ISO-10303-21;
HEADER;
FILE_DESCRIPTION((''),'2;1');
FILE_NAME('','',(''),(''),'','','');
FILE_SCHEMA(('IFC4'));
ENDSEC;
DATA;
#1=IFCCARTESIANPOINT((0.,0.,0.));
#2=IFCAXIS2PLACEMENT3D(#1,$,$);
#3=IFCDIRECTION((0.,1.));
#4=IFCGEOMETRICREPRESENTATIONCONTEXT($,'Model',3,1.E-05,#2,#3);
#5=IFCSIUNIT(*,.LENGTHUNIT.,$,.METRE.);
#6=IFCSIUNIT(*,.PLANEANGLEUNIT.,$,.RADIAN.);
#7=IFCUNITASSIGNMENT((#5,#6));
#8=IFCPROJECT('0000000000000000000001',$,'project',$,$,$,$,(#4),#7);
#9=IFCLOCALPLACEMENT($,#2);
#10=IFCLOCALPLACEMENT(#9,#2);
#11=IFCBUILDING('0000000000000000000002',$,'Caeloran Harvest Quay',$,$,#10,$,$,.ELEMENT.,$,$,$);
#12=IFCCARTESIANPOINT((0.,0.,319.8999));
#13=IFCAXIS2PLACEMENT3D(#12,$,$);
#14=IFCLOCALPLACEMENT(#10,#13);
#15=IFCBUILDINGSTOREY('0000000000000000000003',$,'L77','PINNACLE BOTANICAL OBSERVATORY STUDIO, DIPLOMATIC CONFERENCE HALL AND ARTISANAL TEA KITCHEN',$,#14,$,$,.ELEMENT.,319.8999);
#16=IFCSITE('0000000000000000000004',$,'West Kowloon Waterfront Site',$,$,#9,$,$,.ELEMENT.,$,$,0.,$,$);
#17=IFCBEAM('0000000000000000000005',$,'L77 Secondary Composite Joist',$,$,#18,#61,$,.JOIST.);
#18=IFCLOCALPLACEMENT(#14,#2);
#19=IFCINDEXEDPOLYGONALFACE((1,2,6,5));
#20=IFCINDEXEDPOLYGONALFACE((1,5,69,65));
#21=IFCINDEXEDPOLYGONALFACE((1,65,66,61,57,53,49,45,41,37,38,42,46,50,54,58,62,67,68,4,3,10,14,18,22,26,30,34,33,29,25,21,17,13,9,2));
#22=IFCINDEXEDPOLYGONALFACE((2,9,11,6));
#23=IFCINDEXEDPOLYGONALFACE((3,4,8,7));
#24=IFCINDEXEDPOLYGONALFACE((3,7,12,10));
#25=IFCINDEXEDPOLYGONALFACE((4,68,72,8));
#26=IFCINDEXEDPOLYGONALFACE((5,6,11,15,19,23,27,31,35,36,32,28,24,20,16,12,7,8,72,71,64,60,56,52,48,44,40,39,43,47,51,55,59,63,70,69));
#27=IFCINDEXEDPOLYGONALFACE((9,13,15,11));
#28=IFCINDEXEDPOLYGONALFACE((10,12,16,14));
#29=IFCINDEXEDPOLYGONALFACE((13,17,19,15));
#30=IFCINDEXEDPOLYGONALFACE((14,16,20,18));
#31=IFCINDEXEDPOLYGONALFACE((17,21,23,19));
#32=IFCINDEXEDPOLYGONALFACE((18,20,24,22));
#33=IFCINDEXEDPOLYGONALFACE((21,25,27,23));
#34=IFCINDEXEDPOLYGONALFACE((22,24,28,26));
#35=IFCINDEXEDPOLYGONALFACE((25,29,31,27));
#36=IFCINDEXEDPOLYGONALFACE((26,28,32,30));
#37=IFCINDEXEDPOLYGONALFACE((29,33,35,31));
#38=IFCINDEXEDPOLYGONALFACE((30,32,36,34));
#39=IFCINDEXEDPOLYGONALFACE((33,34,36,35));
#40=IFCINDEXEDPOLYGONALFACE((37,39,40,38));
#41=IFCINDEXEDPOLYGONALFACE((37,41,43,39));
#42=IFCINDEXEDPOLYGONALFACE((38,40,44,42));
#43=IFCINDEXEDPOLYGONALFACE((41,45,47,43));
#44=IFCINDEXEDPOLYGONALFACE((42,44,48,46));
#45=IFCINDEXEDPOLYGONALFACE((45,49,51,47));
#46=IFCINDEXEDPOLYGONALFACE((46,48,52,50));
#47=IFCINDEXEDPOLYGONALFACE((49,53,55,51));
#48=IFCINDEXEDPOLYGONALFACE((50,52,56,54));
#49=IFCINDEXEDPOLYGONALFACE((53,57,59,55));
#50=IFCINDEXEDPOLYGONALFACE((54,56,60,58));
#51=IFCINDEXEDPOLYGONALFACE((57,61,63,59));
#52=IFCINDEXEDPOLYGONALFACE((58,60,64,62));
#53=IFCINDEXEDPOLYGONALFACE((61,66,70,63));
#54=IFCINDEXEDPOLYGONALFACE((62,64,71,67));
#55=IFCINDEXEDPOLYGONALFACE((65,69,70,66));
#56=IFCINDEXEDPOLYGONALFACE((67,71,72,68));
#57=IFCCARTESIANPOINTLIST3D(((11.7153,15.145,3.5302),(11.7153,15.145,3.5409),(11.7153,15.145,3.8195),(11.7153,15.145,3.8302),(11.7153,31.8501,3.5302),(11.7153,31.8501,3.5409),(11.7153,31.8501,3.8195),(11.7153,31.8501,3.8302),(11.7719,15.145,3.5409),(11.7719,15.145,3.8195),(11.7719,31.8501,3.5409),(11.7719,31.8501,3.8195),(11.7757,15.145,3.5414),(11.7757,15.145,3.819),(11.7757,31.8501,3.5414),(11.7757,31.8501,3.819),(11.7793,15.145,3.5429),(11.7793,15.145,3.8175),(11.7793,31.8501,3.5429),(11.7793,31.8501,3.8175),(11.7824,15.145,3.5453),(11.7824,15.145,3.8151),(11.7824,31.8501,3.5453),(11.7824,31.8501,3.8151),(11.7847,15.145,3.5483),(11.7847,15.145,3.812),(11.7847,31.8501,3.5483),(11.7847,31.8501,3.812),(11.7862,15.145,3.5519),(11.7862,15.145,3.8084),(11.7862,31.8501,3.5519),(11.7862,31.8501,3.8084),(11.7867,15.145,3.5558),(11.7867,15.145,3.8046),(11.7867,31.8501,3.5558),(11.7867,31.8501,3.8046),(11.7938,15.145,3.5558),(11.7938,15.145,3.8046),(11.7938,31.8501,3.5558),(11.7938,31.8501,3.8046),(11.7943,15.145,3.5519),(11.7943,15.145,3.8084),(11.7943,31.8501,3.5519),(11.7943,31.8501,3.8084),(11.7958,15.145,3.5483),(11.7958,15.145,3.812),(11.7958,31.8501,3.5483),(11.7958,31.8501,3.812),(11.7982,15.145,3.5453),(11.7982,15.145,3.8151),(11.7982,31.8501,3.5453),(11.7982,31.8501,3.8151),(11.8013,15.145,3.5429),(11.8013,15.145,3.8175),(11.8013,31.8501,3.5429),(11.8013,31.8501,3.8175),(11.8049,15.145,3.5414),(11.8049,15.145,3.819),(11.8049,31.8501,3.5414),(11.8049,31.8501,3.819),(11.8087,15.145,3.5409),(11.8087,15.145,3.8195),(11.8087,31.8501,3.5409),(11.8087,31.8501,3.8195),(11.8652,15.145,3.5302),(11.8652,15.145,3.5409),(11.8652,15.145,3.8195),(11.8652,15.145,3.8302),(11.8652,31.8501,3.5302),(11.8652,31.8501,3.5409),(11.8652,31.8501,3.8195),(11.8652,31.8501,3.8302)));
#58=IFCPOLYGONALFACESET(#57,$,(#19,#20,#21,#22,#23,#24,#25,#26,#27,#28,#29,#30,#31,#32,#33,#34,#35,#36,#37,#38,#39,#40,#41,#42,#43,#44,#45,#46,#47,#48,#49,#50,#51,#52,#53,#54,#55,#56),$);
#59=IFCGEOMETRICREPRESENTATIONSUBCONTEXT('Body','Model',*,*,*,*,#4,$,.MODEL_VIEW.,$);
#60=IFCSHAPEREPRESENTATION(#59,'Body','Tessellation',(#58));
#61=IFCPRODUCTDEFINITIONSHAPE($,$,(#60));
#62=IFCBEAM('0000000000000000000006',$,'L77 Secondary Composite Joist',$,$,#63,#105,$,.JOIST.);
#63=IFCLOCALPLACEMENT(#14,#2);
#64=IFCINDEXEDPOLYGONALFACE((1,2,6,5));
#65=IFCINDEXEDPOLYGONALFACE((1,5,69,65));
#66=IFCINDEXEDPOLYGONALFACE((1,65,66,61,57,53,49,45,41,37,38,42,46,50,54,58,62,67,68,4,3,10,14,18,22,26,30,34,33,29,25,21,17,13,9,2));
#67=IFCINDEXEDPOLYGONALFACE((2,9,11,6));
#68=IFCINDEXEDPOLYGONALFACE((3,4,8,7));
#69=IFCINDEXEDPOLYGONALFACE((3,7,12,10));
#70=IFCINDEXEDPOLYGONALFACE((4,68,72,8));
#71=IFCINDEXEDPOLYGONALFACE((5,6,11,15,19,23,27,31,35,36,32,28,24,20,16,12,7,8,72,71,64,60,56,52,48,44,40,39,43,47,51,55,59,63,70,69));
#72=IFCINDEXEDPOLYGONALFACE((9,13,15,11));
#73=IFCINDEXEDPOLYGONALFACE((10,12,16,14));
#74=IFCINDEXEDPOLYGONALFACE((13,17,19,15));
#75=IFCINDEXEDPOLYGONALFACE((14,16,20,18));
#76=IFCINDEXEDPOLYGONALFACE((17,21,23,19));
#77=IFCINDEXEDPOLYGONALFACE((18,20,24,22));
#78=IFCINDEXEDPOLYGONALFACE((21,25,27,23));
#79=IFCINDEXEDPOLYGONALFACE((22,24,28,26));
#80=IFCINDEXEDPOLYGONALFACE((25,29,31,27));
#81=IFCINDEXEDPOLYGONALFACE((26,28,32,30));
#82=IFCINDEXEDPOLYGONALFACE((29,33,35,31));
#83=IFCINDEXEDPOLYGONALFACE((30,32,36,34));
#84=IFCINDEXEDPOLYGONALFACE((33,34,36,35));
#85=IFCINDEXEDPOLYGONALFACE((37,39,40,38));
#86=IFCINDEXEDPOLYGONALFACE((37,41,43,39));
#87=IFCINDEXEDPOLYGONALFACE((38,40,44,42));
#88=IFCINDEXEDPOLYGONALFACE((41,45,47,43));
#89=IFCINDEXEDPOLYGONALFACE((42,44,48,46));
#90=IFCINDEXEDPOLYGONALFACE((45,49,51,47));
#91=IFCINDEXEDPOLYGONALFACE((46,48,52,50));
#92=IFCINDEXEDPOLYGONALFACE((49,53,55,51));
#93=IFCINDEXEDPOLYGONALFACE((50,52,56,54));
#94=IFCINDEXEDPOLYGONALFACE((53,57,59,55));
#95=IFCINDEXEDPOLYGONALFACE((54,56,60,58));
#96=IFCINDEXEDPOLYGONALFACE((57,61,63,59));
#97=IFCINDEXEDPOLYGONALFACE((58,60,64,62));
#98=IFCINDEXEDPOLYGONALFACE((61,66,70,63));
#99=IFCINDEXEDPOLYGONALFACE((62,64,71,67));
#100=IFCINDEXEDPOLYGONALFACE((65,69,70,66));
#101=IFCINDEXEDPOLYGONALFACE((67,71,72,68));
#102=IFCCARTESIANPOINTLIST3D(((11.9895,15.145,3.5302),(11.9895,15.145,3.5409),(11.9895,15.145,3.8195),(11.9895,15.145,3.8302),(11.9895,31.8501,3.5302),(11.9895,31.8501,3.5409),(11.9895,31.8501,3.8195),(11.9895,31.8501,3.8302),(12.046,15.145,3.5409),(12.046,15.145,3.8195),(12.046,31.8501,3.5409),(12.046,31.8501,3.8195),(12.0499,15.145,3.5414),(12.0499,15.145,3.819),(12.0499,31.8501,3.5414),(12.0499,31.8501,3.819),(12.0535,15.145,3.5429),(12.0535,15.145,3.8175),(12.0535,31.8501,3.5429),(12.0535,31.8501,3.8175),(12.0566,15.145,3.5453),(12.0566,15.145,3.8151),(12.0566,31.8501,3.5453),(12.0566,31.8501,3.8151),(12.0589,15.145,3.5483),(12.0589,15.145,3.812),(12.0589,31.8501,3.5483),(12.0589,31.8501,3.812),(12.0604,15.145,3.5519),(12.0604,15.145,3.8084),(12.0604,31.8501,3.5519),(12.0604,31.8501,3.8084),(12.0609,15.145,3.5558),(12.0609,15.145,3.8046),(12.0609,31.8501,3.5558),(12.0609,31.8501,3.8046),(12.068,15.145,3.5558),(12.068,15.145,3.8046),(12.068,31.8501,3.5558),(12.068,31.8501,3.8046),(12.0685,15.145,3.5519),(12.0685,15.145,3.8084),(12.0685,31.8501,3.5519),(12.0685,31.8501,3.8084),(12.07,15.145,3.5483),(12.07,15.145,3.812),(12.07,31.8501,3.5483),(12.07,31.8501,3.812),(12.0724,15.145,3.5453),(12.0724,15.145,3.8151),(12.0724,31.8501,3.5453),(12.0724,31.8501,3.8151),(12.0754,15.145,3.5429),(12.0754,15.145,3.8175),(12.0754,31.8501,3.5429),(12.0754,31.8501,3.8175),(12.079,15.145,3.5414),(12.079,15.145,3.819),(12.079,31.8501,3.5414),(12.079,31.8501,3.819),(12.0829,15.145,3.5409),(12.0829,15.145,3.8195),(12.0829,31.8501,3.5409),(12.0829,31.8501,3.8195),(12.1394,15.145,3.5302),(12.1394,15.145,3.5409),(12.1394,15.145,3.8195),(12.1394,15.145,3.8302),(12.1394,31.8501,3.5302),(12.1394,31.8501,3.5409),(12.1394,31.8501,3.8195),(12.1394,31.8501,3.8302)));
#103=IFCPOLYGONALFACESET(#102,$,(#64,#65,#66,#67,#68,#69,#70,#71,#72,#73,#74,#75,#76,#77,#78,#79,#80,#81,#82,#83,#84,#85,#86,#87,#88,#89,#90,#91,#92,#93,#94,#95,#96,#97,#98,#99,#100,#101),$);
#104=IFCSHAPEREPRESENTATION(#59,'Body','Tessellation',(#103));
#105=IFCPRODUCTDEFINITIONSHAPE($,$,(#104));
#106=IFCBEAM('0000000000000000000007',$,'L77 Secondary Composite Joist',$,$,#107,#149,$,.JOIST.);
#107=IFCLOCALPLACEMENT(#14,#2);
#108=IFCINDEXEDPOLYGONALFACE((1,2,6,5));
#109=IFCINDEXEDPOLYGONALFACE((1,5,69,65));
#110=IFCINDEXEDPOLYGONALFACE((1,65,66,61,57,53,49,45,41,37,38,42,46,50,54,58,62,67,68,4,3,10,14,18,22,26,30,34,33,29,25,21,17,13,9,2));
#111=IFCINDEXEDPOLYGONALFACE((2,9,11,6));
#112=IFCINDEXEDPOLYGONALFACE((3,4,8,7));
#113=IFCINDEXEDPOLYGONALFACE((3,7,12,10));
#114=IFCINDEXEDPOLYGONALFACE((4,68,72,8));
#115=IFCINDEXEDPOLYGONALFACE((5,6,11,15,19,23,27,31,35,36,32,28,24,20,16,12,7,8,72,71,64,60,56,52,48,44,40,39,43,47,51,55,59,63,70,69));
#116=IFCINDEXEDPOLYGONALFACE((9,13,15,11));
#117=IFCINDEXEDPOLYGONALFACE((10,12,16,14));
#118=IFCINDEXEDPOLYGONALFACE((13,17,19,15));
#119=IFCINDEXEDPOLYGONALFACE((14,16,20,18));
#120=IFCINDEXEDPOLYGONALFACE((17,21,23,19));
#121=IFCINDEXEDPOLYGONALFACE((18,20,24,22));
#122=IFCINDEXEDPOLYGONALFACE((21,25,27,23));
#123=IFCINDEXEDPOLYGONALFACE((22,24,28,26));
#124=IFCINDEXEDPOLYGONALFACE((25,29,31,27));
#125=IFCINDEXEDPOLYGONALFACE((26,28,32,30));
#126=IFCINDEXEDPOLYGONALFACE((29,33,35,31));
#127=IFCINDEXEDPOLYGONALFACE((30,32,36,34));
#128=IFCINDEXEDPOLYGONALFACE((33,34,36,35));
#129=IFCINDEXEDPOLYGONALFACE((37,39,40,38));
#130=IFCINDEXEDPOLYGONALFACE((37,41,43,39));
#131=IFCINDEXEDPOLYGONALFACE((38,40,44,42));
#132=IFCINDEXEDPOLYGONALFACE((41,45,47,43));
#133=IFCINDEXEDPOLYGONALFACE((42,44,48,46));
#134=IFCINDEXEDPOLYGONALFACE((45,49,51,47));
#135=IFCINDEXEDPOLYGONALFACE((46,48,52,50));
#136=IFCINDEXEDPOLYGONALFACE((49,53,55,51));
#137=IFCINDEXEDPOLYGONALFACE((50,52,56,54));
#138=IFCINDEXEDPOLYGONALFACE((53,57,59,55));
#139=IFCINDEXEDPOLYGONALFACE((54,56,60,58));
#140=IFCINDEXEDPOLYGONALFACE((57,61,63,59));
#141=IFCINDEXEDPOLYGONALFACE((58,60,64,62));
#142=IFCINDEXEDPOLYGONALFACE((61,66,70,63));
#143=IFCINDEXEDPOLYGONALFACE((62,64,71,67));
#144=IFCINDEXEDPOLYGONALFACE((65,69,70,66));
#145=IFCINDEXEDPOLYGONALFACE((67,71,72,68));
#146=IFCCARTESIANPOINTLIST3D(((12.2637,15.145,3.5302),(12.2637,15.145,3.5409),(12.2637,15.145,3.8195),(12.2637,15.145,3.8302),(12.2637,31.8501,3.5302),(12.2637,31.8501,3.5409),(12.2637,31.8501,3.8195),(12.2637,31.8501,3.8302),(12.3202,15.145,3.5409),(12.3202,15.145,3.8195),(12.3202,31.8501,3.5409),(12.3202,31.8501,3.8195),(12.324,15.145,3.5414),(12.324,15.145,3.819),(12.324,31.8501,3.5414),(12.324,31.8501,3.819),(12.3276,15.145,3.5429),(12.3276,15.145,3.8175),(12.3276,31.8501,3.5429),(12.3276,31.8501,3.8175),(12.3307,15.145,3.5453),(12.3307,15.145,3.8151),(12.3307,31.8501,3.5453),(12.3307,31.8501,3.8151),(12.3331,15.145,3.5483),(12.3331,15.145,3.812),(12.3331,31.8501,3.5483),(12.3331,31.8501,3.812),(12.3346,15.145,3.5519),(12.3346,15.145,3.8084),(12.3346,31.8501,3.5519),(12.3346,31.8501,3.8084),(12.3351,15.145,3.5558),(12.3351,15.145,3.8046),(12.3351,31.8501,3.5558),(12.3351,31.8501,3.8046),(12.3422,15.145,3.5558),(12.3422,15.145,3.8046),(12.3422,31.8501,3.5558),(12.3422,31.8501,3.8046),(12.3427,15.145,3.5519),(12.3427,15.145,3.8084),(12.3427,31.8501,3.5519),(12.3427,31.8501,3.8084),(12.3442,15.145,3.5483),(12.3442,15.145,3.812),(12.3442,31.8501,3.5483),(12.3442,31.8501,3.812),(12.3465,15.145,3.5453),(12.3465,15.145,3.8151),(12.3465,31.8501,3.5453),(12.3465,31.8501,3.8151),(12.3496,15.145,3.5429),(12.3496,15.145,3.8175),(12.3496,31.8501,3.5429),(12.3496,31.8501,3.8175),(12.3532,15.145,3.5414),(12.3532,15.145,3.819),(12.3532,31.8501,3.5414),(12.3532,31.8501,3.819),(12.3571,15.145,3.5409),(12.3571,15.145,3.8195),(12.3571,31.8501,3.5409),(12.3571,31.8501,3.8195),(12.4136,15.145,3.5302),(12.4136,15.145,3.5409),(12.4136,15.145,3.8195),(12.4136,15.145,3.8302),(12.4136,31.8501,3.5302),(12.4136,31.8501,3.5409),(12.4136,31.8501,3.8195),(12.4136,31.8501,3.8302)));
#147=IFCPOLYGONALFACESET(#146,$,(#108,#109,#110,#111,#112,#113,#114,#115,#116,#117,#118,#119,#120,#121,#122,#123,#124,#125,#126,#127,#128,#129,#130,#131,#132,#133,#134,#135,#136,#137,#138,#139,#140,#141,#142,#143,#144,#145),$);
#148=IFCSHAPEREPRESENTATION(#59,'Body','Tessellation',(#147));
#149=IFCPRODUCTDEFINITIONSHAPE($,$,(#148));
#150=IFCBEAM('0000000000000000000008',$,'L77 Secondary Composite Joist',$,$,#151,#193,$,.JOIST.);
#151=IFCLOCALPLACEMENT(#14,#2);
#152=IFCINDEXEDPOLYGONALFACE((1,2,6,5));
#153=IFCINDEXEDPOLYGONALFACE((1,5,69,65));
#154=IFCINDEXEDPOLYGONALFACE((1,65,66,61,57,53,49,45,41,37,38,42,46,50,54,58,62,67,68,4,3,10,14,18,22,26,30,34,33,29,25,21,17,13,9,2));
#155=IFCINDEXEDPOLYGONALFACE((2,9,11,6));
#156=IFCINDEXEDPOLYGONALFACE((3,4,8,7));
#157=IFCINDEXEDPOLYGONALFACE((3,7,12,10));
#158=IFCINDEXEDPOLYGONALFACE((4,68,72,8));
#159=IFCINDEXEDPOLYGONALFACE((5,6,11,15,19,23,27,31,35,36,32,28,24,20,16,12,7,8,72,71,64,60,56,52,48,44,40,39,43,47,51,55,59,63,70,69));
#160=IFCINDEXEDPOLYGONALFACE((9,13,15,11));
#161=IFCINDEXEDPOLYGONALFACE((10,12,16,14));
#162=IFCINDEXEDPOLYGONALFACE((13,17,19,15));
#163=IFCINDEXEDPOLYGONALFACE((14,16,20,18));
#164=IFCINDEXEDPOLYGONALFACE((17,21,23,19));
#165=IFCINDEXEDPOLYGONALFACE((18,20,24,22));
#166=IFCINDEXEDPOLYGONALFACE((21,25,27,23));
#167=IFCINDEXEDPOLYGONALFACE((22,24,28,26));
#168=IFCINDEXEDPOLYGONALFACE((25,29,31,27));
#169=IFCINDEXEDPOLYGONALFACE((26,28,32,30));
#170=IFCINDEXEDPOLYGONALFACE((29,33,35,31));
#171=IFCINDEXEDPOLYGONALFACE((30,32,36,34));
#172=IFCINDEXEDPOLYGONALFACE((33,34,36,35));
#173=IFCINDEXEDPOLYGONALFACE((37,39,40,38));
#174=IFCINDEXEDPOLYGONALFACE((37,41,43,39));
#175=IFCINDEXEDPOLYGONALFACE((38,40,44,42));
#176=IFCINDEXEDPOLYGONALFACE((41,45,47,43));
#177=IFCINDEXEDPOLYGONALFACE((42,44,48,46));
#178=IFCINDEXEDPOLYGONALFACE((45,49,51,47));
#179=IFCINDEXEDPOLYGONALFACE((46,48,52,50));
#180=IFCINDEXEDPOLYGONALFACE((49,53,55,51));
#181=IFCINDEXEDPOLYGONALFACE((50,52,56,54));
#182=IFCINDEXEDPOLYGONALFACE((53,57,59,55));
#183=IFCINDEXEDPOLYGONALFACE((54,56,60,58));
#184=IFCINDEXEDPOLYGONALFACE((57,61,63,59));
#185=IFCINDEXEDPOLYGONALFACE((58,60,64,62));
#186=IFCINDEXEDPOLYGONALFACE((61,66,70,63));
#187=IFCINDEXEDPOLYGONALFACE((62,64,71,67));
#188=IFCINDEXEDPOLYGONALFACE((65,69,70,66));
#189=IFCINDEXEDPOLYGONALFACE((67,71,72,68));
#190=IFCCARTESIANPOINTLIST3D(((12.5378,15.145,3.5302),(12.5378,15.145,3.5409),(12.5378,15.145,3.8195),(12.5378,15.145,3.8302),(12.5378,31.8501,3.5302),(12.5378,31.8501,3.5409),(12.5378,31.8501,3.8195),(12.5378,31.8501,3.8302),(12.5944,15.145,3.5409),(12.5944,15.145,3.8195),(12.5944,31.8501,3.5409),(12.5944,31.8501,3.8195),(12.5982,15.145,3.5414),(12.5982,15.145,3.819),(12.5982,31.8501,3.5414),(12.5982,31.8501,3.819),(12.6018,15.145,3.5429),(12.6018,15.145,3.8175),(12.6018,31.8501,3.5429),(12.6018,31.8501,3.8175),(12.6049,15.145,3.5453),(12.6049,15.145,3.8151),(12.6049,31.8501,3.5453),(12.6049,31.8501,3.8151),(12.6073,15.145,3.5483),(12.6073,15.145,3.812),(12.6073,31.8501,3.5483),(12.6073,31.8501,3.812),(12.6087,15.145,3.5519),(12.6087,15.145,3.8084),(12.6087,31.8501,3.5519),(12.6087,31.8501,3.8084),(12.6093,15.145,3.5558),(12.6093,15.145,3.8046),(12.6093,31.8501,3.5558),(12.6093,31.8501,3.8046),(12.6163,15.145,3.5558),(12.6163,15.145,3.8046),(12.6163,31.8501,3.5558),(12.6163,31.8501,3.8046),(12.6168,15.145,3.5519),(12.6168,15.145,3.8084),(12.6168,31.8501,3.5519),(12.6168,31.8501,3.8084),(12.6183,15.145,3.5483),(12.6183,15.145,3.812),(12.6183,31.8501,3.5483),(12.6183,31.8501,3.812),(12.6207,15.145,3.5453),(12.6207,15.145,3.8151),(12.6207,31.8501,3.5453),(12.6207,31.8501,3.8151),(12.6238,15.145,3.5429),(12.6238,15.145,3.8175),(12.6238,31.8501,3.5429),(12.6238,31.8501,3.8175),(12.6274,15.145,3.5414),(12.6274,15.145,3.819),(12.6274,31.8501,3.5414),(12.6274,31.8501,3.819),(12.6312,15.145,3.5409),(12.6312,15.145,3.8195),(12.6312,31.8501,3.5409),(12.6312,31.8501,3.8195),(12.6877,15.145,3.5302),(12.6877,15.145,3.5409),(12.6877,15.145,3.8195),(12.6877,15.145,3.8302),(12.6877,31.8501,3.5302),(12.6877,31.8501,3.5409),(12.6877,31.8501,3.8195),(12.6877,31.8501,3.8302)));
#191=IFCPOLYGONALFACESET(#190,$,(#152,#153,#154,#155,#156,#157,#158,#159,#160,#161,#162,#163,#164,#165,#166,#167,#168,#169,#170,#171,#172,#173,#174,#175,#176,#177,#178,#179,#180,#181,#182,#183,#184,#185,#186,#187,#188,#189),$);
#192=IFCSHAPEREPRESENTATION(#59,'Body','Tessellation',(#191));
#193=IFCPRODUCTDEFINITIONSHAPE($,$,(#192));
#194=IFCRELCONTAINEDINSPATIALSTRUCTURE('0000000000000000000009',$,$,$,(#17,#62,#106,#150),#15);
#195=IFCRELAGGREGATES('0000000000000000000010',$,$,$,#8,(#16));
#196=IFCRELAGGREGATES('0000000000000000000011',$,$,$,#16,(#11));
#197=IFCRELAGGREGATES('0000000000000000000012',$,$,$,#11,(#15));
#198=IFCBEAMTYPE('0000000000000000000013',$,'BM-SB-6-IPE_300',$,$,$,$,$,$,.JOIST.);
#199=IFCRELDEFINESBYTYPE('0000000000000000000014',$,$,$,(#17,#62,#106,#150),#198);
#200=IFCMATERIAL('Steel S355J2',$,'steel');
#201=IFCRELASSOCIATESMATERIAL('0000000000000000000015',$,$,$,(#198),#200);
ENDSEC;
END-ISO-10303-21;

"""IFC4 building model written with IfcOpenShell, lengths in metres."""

from ifc_helpers import new_model, si_unit, direction, frame, origin, origin_2d, place, context, subcontext, project, spatial, i_section, extrude, material, material_profile, profile_set, type_object, element, save


model = new_model("IFC4")

# Units and contexts
model_context = context("Model", 3, precision=1e-05, world=origin(), true_north=direction((0.0, 1.0)))
body_context = subcontext(model_context, "Body", "Model", "MODEL_VIEW")
ifc_project = project(units=[si_unit("LENGTHUNIT", "METRE"), si_unit("PLANEANGLEUNIT", "RADIAN")], contexts=[model_context])

# Site, building, storey
site_placement = place(None, origin())
site = spatial("IfcSite", under=ifc_project, at=site_placement, Name="West Kowloon Waterfront Site", CompositionType="ELEMENT", RefElevation=0.0)
building_placement = place(site_placement, origin())
building = spatial("IfcBuilding", under=site, at=building_placement, Name="Caeloran Harvest Quay", CompositionType="ELEMENT")
storey_placement = place(building_placement, frame((0.0, 0.0, 319.8999)))
storey = spatial("IfcBuildingStorey", under=building, at=storey_placement, Name="L77", Description="PINNACLE BOTANICAL OBSERVATORY STUDIO, DIPLOMATIC CONFERENCE HALL AND ARTISANAL TEA KITCHEN", CompositionType="ELEMENT", Elevation=319.8999)

# Beams
ifc_material_1 = material(Name="Steel S355J2", Category="steel")
ifc_material_profile_1 = material_profile(ifc_material_1, i_section(OverallWidth=0.1499, OverallDepth=0.3, WebThickness=0.0071, FlangeThickness=0.0107, FilletRadius=0.0149, at=origin_2d()), Name="IPE 300")
ifc_profile_set_1 = profile_set([ifc_material_profile_1], Name="Steel S355J2")
beam_type_1 = type_object("IfcBeamType", Name="BM-SB-6-IPE_300", PredefinedType="JOIST", material=ifc_profile_set_1)
for number, where, z_axis, x_axis, name in (
    (1, (11.7903, 15.145, 3.6802), (0.0, 1.0, 0.0), (-1.0, 0.0, 0.0), "L77 Secondary Composite Joist"),
    (2, (12.0645, 15.145, 3.6802), (0.0, 1.0, 0.0), (-1.0, 0.0, 0.0), "L77 Secondary Composite Joist"),
    (3, (12.3386, 15.145, 3.6802), (0.0, 1.0, 0.0), (-1.0, 0.0, 0.0), "L77 Secondary Composite Joist"),
    (4, (12.6128, 15.145, 3.6802), (0.0, 1.0, 0.0), (-1.0, 0.0, 0.0), "L77 Secondary Composite Joist"),
):
    element("IfcBeam", number, at=place(storey_placement, frame(where, z_axis=z_axis, x_axis=x_axis)), inside=storey, type_object=beam_type_1, Name=name, PredefinedType="JOIST", context=body_context, shape_type="SweptSolid", body=[
        extrude(i_section(OverallWidth=0.1499, OverallDepth=0.3, WebThickness=0.0071, FlangeThickness=0.0107, FilletRadius=0.0149, at=origin_2d()), origin(), (0.0, 0.0, 1.0), 16.7051),
    ])

save(model, "model.ifc")
